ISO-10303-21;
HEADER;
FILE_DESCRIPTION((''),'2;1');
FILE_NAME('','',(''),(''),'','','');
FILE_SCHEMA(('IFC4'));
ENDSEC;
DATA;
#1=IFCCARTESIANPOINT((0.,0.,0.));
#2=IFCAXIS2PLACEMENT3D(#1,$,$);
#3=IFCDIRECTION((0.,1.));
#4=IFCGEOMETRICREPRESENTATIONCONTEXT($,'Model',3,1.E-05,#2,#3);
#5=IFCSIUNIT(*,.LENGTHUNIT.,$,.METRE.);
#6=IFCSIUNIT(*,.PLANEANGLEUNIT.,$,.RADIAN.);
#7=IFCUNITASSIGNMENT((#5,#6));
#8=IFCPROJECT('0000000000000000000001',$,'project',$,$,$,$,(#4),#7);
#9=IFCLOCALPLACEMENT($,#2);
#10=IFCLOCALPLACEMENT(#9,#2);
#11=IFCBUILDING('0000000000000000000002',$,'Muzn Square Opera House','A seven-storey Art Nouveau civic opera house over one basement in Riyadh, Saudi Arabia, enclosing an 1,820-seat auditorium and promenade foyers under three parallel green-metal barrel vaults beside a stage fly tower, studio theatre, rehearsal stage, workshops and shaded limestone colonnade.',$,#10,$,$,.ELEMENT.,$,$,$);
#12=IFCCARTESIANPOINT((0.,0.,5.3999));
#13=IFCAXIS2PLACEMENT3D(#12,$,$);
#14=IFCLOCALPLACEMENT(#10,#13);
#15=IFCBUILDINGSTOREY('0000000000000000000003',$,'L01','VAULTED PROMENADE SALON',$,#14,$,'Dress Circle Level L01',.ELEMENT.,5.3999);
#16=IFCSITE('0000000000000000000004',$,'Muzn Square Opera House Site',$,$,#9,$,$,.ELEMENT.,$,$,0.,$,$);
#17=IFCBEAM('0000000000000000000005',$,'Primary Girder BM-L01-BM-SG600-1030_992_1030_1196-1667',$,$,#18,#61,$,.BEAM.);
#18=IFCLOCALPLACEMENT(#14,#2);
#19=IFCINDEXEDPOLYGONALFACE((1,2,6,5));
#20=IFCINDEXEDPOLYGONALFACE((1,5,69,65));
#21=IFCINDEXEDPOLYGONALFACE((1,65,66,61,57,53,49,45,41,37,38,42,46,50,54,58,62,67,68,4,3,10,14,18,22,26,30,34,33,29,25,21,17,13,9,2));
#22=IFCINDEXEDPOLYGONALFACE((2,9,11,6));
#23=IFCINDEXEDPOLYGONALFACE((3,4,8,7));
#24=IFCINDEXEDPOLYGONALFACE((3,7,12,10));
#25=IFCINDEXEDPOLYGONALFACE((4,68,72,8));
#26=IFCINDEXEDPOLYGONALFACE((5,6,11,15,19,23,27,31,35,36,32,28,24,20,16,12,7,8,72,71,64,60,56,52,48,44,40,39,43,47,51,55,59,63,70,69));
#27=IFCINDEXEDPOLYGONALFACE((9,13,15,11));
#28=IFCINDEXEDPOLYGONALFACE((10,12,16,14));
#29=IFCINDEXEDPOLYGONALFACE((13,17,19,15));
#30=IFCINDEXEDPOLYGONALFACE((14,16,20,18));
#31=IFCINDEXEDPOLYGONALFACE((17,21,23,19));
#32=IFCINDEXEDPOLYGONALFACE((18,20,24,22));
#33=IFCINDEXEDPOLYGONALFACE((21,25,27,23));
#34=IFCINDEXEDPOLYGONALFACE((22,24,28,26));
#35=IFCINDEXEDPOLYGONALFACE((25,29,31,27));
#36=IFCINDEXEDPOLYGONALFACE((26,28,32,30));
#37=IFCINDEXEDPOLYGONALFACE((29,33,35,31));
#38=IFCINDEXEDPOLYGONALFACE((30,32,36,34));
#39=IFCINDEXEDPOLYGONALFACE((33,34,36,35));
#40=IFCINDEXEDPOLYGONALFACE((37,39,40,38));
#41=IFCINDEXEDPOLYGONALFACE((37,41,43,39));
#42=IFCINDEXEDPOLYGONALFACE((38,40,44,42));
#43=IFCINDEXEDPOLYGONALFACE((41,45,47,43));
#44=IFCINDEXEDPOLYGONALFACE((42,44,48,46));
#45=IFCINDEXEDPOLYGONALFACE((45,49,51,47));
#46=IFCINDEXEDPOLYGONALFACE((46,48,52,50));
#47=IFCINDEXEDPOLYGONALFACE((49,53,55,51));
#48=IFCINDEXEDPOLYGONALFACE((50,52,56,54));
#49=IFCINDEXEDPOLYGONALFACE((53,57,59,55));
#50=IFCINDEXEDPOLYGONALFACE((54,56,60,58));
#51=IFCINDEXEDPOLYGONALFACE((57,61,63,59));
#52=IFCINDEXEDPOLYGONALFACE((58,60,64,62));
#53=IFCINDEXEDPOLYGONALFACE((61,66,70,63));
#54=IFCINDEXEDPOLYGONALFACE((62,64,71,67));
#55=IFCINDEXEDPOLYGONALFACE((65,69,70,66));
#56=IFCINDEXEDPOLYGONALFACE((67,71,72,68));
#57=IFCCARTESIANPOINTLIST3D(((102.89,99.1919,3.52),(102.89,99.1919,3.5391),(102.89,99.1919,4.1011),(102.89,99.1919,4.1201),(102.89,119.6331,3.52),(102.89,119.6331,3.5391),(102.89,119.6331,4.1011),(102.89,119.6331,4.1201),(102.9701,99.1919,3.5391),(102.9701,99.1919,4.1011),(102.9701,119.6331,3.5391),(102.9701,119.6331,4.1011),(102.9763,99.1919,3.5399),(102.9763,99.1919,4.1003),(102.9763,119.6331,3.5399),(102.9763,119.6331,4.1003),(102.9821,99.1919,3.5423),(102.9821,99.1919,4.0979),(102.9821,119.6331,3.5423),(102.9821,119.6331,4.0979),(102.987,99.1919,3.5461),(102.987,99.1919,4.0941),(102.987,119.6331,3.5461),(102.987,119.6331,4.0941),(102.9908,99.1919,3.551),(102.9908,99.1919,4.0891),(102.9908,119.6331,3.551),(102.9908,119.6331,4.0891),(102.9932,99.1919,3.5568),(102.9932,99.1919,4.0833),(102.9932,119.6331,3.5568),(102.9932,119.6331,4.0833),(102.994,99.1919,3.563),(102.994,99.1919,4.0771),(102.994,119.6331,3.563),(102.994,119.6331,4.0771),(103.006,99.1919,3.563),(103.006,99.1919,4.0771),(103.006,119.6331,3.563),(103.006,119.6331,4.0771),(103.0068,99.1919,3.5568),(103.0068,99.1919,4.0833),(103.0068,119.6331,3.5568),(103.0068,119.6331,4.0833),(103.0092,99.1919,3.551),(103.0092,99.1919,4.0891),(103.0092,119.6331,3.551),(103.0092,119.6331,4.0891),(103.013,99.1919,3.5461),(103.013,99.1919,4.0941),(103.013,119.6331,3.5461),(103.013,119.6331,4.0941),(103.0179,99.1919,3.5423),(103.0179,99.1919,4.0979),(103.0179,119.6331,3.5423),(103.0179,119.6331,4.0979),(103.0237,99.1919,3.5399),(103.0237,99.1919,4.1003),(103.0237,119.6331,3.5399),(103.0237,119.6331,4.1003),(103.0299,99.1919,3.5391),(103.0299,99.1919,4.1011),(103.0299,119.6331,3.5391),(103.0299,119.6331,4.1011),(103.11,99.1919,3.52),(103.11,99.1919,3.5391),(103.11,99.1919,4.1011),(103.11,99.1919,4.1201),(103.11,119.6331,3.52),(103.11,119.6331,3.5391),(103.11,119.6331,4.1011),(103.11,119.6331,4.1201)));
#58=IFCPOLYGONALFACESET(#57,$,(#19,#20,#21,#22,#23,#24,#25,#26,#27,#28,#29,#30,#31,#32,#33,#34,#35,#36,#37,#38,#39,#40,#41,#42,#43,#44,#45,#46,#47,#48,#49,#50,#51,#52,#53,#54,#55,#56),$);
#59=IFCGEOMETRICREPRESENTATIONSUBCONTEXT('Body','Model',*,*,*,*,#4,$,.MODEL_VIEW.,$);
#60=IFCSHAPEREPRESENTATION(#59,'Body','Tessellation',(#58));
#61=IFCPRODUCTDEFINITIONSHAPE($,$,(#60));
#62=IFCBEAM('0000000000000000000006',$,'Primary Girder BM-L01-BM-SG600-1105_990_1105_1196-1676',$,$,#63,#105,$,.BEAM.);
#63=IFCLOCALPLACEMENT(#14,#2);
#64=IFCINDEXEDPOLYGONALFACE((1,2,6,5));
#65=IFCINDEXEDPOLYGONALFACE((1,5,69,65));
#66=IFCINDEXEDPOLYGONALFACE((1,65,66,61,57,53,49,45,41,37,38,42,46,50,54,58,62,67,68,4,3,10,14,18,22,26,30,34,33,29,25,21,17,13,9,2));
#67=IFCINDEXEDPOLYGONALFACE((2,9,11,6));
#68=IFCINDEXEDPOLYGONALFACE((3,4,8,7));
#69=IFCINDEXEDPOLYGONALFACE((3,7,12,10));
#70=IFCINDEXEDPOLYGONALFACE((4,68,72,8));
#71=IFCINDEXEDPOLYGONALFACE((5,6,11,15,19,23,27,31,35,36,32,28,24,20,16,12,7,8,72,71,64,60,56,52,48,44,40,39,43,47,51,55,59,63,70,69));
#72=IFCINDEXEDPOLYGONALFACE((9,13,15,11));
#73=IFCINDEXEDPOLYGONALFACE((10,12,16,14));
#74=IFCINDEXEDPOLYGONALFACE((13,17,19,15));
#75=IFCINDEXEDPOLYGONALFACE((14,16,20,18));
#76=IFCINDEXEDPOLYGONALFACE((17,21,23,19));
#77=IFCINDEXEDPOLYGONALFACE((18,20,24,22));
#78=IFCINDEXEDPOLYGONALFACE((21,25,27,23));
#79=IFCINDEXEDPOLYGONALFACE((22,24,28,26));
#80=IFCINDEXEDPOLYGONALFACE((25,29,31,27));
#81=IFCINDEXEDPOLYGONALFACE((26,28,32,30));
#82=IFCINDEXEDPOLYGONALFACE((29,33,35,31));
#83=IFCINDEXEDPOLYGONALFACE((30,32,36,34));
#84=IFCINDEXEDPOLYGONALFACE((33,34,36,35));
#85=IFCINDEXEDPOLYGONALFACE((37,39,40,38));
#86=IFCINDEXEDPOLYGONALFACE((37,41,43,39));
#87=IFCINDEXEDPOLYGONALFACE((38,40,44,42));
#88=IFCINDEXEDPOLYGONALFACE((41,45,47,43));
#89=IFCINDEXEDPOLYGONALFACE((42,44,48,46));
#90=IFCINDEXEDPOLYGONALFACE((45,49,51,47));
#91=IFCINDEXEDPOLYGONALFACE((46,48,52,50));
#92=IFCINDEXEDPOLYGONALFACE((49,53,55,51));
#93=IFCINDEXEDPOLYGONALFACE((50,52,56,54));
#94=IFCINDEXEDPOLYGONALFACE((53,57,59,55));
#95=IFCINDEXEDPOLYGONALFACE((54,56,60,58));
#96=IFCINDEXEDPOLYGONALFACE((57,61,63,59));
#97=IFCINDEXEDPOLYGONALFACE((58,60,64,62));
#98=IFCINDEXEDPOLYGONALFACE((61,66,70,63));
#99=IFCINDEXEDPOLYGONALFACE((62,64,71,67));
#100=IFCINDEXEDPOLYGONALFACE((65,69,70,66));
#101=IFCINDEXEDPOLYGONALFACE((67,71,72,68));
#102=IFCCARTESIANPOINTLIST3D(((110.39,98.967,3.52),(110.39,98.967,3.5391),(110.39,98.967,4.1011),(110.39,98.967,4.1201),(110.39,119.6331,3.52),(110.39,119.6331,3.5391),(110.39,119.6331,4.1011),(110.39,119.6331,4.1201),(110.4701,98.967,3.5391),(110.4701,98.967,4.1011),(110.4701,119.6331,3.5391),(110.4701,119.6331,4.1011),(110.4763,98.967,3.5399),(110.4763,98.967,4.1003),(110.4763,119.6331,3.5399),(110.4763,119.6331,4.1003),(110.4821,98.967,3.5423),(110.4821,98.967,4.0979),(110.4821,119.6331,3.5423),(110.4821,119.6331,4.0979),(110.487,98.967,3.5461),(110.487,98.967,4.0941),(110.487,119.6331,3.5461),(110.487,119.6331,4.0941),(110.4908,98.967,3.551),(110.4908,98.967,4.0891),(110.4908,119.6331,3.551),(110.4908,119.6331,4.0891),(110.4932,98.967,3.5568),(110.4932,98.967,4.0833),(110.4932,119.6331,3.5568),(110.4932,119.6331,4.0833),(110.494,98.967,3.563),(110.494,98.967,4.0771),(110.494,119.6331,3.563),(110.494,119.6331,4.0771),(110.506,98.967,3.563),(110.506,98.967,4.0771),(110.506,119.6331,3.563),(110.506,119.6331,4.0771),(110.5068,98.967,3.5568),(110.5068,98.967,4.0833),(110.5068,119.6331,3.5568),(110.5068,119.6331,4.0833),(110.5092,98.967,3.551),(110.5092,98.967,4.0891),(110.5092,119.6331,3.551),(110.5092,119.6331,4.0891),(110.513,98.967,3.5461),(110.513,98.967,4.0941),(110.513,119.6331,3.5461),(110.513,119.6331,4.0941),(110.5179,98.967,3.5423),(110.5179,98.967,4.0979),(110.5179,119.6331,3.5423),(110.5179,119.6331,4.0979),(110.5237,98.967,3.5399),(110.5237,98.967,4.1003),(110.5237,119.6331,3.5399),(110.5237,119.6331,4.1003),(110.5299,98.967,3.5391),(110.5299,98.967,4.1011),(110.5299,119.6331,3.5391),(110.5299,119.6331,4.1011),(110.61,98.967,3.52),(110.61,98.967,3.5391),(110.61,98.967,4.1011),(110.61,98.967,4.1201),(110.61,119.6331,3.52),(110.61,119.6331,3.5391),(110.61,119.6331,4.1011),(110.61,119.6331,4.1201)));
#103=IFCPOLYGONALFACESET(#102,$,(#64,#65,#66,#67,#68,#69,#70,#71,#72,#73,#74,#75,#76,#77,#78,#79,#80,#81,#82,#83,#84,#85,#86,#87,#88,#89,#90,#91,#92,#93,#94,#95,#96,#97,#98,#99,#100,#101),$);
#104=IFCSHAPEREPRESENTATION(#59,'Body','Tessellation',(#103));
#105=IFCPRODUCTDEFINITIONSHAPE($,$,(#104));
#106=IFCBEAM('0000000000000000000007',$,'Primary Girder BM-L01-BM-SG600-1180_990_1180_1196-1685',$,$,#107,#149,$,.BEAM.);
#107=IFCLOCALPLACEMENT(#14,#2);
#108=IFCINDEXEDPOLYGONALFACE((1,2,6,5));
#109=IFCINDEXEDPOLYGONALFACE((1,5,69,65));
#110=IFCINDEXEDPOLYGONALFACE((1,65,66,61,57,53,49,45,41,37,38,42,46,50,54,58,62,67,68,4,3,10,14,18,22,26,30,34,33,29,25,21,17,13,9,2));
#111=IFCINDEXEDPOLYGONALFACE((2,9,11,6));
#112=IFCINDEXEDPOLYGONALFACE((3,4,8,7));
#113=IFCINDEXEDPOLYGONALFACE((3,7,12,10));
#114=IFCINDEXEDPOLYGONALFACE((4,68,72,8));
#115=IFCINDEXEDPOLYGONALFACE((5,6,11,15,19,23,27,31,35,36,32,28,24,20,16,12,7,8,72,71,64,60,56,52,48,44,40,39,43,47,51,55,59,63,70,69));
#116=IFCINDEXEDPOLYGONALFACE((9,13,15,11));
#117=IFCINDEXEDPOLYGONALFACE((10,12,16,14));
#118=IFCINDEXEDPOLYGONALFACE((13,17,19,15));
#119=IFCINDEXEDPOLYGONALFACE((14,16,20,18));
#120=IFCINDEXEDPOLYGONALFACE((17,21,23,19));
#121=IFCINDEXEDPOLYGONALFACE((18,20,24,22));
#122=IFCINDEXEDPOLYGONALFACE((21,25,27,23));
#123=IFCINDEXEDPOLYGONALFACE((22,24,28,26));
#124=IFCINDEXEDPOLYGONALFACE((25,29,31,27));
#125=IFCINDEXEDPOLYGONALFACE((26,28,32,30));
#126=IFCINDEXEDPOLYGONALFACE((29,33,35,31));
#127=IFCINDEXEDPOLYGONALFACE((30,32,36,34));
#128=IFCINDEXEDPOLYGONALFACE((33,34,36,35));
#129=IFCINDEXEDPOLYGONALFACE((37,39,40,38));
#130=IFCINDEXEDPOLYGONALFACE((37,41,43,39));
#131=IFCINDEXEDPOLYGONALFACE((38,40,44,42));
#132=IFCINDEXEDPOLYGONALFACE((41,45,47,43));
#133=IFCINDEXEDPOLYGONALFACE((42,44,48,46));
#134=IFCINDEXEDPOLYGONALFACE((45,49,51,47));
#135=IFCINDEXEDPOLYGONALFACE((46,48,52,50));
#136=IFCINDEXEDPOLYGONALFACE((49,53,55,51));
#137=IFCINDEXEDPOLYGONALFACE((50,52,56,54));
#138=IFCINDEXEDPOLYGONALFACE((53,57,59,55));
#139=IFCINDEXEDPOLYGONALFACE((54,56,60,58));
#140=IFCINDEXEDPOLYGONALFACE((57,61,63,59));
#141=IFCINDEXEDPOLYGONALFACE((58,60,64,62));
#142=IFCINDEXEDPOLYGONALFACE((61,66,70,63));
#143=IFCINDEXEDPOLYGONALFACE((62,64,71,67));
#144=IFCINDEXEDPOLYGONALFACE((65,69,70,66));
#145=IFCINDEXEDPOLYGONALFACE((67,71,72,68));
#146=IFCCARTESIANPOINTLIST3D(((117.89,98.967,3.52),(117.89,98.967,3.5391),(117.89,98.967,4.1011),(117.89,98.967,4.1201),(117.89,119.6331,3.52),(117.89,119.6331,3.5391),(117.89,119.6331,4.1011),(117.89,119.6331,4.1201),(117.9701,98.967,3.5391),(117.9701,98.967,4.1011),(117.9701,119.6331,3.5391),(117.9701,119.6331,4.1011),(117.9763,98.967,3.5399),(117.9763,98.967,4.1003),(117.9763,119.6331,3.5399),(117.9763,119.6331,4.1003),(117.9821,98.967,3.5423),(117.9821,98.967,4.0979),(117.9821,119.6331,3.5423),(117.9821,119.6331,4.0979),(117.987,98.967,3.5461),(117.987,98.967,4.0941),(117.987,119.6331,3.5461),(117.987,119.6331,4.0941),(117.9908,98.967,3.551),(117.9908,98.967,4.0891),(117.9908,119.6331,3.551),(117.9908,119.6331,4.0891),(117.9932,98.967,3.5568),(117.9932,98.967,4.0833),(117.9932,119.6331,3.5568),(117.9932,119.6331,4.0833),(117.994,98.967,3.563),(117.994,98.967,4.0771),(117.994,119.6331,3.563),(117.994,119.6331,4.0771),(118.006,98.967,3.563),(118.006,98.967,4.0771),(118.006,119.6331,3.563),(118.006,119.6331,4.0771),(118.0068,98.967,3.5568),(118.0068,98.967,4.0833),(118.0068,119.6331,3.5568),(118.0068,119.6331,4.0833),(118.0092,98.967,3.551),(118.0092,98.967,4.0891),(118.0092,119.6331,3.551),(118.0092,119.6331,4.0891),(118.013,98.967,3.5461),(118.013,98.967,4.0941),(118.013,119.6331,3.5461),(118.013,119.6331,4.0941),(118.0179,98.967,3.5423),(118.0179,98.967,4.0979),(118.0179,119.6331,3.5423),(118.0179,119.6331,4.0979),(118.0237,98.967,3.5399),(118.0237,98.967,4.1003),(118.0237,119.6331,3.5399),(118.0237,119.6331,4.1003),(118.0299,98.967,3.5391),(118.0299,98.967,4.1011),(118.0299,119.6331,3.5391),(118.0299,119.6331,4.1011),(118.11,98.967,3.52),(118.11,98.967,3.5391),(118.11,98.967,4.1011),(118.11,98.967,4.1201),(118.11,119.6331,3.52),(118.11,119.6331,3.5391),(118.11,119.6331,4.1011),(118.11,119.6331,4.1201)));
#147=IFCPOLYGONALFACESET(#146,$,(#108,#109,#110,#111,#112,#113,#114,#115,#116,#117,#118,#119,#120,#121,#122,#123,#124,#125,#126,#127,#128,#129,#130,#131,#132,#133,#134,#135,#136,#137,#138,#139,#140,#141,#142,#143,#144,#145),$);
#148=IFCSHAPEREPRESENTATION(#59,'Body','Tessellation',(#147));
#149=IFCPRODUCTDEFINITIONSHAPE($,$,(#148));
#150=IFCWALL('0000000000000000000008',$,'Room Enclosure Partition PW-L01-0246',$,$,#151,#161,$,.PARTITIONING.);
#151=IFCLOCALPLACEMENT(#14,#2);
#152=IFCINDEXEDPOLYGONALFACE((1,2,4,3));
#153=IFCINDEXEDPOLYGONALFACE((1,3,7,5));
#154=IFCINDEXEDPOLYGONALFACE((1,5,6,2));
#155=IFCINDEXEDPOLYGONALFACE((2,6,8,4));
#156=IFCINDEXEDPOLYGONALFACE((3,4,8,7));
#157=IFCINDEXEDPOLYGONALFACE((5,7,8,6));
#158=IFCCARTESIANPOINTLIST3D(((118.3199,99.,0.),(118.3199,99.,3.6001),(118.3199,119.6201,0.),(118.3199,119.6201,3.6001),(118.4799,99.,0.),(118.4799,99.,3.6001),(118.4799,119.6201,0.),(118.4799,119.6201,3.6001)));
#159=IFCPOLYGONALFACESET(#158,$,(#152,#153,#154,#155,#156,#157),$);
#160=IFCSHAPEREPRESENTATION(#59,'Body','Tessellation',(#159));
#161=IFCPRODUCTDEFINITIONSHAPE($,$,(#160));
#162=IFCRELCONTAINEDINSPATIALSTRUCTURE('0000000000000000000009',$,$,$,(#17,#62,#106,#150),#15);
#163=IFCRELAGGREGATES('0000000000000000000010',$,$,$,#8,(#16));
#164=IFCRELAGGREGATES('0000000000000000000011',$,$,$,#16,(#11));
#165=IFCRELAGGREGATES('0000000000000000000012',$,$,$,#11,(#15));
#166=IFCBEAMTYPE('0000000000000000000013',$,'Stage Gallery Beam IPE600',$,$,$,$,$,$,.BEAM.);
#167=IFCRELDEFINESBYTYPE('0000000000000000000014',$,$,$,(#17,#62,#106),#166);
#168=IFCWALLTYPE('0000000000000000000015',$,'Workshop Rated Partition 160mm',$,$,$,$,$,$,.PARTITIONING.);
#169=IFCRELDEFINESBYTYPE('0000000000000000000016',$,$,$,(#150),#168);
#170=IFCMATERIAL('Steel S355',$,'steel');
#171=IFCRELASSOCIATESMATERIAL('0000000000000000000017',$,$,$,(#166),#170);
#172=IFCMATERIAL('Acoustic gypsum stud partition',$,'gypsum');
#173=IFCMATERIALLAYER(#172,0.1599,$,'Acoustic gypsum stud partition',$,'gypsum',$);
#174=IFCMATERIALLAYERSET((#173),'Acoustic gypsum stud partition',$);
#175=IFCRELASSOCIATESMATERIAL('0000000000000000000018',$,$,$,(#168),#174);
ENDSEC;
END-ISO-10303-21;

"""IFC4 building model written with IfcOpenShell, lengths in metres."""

from ifc_helpers import new_model, si_unit, direction, frame, frame_2d, origin, origin_2d, place, context, subcontext, project, spatial, rectangle, i_section, extrude, material, layer, layer_set, material_profile, profile_set, type_object, element, save


model = new_model("IFC4")

# Units and contexts
model_context = context("Model", 3, precision=1e-05, world=origin(), true_north=direction((0.0, 1.0)))
body_context = subcontext(model_context, "Body", "Model", "MODEL_VIEW")
ifc_project = project(units=[si_unit("LENGTHUNIT", "METRE"), si_unit("PLANEANGLEUNIT", "RADIAN")], contexts=[model_context])

# Site, building, storey
site_placement = place(None, origin())
site = spatial("IfcSite", under=ifc_project, at=site_placement, Name="Muzn Square Opera House Site", CompositionType="ELEMENT", RefElevation=0.0)
building_placement = place(site_placement, origin())
building = spatial("IfcBuilding", under=site, at=building_placement, Name="Muzn Square Opera House", Description="A seven-storey Art Nouveau civic opera house over one basement in Riyadh, Saudi Arabia, enclosing an 1,820-seat auditorium and promenade foyers under three parallel green-metal barrel vaults beside a stage fly tower, studio theatre, rehearsal stage, workshops and shaded limestone colonnade.", CompositionType="ELEMENT")
storey_placement = place(building_placement, frame((0.0, 0.0, 5.3999)))
storey = spatial("IfcBuildingStorey", under=building, at=storey_placement, Name="L01", Description="VAULTED PROMENADE SALON", LongName="Dress Circle Level L01", CompositionType="ELEMENT", Elevation=5.3999)

# Beams
ifc_material_1 = material(Name="Steel S355", Category="steel")
ifc_material_profile_1 = material_profile(ifc_material_1, i_section(OverallWidth=0.22, OverallDepth=0.6001, WebThickness=0.012, FlangeThickness=0.019, FilletRadius=0.0239, at=origin_2d()), Name="IPE 600", Category="steel")
ifc_profile_set_1 = profile_set([ifc_material_profile_1], Name="Steel S355")
beam_type_1 = type_object("IfcBeamType", Name="Stage Gallery Beam IPE600", PredefinedType="BEAM", material=ifc_profile_set_1)
beam_1_placement = place(storey_placement, frame((103.0, 99.1919, 3.8201), z_axis=(0.0, 1.0, 0.0), x_axis=(-1.0, 0.0, 0.0)))
element("IfcBeam", 1, at=beam_1_placement, inside=storey, type_object=beam_type_1, Name="Primary Girder BM-L01-BM-SG600-1030_992_1030_1196-1667", PredefinedType="BEAM", context=body_context, shape_type="SweptSolid", body=[
    extrude(i_section(OverallWidth=0.22, OverallDepth=0.6001, WebThickness=0.012, FlangeThickness=0.019, FilletRadius=0.0239, at=origin_2d()), origin(), (0.0, 0.0, 1.0), 20.4412),
])
for number, where, z_axis, x_axis, name in (
    (2, (110.5, 98.967, 3.8201), (0.0, 1.0, 0.0), (-1.0, 0.0, 0.0), "Primary Girder BM-L01-BM-SG600-1105_990_1105_1196-1676"),
    (3, (118.0, 98.967, 3.8201), (0.0, 1.0, 0.0), (-1.0, 0.0, 0.0), "Primary Girder BM-L01-BM-SG600-1180_990_1180_1196-1685"),
):
    element("IfcBeam", number, at=place(storey_placement, frame(where, z_axis=z_axis, x_axis=x_axis)), inside=storey, type_object=beam_type_1, Name=name, PredefinedType="BEAM", context=body_context, shape_type="SweptSolid", body=[
        extrude(i_section(OverallWidth=0.22, OverallDepth=0.6001, WebThickness=0.012, FlangeThickness=0.019, FilletRadius=0.0239, at=origin_2d()), origin(), (0.0, 0.0, 1.0), 20.666),
    ])

# Wall
ifc_material_2 = material(Name="Acoustic gypsum stud partition", Category="gypsum")
ifc_layer = layer(ifc_material_2, 0.1599, Name="Acoustic gypsum stud partition", Category="gypsum")
ifc_layer_set = layer_set([ifc_layer], Name="Acoustic gypsum stud partition")
wall_type = type_object("IfcWallType", Name="Workshop Rated Partition 160mm", PredefinedType="PARTITIONING", material=ifc_layer_set)
wall_placement = place(storey_placement, frame((118.3999, 99.0, 0.0), z_axis=(0.0, 0.0, 1.0), x_axis=(0.0, 1.0, 0.0)))
element("IfcWall", 4, at=wall_placement, inside=storey, type_object=wall_type, Name="Room Enclosure Partition PW-L01-0246", PredefinedType="PARTITIONING", context=body_context, shape_type="SweptSolid", body=[
    extrude(rectangle(XDim=20.6201, YDim=0.1599, at=frame_2d((10.3101, 0.0))), origin(), (0.0, 0.0, 1.0), 3.6001),
])

save(model, "model.ifc")
